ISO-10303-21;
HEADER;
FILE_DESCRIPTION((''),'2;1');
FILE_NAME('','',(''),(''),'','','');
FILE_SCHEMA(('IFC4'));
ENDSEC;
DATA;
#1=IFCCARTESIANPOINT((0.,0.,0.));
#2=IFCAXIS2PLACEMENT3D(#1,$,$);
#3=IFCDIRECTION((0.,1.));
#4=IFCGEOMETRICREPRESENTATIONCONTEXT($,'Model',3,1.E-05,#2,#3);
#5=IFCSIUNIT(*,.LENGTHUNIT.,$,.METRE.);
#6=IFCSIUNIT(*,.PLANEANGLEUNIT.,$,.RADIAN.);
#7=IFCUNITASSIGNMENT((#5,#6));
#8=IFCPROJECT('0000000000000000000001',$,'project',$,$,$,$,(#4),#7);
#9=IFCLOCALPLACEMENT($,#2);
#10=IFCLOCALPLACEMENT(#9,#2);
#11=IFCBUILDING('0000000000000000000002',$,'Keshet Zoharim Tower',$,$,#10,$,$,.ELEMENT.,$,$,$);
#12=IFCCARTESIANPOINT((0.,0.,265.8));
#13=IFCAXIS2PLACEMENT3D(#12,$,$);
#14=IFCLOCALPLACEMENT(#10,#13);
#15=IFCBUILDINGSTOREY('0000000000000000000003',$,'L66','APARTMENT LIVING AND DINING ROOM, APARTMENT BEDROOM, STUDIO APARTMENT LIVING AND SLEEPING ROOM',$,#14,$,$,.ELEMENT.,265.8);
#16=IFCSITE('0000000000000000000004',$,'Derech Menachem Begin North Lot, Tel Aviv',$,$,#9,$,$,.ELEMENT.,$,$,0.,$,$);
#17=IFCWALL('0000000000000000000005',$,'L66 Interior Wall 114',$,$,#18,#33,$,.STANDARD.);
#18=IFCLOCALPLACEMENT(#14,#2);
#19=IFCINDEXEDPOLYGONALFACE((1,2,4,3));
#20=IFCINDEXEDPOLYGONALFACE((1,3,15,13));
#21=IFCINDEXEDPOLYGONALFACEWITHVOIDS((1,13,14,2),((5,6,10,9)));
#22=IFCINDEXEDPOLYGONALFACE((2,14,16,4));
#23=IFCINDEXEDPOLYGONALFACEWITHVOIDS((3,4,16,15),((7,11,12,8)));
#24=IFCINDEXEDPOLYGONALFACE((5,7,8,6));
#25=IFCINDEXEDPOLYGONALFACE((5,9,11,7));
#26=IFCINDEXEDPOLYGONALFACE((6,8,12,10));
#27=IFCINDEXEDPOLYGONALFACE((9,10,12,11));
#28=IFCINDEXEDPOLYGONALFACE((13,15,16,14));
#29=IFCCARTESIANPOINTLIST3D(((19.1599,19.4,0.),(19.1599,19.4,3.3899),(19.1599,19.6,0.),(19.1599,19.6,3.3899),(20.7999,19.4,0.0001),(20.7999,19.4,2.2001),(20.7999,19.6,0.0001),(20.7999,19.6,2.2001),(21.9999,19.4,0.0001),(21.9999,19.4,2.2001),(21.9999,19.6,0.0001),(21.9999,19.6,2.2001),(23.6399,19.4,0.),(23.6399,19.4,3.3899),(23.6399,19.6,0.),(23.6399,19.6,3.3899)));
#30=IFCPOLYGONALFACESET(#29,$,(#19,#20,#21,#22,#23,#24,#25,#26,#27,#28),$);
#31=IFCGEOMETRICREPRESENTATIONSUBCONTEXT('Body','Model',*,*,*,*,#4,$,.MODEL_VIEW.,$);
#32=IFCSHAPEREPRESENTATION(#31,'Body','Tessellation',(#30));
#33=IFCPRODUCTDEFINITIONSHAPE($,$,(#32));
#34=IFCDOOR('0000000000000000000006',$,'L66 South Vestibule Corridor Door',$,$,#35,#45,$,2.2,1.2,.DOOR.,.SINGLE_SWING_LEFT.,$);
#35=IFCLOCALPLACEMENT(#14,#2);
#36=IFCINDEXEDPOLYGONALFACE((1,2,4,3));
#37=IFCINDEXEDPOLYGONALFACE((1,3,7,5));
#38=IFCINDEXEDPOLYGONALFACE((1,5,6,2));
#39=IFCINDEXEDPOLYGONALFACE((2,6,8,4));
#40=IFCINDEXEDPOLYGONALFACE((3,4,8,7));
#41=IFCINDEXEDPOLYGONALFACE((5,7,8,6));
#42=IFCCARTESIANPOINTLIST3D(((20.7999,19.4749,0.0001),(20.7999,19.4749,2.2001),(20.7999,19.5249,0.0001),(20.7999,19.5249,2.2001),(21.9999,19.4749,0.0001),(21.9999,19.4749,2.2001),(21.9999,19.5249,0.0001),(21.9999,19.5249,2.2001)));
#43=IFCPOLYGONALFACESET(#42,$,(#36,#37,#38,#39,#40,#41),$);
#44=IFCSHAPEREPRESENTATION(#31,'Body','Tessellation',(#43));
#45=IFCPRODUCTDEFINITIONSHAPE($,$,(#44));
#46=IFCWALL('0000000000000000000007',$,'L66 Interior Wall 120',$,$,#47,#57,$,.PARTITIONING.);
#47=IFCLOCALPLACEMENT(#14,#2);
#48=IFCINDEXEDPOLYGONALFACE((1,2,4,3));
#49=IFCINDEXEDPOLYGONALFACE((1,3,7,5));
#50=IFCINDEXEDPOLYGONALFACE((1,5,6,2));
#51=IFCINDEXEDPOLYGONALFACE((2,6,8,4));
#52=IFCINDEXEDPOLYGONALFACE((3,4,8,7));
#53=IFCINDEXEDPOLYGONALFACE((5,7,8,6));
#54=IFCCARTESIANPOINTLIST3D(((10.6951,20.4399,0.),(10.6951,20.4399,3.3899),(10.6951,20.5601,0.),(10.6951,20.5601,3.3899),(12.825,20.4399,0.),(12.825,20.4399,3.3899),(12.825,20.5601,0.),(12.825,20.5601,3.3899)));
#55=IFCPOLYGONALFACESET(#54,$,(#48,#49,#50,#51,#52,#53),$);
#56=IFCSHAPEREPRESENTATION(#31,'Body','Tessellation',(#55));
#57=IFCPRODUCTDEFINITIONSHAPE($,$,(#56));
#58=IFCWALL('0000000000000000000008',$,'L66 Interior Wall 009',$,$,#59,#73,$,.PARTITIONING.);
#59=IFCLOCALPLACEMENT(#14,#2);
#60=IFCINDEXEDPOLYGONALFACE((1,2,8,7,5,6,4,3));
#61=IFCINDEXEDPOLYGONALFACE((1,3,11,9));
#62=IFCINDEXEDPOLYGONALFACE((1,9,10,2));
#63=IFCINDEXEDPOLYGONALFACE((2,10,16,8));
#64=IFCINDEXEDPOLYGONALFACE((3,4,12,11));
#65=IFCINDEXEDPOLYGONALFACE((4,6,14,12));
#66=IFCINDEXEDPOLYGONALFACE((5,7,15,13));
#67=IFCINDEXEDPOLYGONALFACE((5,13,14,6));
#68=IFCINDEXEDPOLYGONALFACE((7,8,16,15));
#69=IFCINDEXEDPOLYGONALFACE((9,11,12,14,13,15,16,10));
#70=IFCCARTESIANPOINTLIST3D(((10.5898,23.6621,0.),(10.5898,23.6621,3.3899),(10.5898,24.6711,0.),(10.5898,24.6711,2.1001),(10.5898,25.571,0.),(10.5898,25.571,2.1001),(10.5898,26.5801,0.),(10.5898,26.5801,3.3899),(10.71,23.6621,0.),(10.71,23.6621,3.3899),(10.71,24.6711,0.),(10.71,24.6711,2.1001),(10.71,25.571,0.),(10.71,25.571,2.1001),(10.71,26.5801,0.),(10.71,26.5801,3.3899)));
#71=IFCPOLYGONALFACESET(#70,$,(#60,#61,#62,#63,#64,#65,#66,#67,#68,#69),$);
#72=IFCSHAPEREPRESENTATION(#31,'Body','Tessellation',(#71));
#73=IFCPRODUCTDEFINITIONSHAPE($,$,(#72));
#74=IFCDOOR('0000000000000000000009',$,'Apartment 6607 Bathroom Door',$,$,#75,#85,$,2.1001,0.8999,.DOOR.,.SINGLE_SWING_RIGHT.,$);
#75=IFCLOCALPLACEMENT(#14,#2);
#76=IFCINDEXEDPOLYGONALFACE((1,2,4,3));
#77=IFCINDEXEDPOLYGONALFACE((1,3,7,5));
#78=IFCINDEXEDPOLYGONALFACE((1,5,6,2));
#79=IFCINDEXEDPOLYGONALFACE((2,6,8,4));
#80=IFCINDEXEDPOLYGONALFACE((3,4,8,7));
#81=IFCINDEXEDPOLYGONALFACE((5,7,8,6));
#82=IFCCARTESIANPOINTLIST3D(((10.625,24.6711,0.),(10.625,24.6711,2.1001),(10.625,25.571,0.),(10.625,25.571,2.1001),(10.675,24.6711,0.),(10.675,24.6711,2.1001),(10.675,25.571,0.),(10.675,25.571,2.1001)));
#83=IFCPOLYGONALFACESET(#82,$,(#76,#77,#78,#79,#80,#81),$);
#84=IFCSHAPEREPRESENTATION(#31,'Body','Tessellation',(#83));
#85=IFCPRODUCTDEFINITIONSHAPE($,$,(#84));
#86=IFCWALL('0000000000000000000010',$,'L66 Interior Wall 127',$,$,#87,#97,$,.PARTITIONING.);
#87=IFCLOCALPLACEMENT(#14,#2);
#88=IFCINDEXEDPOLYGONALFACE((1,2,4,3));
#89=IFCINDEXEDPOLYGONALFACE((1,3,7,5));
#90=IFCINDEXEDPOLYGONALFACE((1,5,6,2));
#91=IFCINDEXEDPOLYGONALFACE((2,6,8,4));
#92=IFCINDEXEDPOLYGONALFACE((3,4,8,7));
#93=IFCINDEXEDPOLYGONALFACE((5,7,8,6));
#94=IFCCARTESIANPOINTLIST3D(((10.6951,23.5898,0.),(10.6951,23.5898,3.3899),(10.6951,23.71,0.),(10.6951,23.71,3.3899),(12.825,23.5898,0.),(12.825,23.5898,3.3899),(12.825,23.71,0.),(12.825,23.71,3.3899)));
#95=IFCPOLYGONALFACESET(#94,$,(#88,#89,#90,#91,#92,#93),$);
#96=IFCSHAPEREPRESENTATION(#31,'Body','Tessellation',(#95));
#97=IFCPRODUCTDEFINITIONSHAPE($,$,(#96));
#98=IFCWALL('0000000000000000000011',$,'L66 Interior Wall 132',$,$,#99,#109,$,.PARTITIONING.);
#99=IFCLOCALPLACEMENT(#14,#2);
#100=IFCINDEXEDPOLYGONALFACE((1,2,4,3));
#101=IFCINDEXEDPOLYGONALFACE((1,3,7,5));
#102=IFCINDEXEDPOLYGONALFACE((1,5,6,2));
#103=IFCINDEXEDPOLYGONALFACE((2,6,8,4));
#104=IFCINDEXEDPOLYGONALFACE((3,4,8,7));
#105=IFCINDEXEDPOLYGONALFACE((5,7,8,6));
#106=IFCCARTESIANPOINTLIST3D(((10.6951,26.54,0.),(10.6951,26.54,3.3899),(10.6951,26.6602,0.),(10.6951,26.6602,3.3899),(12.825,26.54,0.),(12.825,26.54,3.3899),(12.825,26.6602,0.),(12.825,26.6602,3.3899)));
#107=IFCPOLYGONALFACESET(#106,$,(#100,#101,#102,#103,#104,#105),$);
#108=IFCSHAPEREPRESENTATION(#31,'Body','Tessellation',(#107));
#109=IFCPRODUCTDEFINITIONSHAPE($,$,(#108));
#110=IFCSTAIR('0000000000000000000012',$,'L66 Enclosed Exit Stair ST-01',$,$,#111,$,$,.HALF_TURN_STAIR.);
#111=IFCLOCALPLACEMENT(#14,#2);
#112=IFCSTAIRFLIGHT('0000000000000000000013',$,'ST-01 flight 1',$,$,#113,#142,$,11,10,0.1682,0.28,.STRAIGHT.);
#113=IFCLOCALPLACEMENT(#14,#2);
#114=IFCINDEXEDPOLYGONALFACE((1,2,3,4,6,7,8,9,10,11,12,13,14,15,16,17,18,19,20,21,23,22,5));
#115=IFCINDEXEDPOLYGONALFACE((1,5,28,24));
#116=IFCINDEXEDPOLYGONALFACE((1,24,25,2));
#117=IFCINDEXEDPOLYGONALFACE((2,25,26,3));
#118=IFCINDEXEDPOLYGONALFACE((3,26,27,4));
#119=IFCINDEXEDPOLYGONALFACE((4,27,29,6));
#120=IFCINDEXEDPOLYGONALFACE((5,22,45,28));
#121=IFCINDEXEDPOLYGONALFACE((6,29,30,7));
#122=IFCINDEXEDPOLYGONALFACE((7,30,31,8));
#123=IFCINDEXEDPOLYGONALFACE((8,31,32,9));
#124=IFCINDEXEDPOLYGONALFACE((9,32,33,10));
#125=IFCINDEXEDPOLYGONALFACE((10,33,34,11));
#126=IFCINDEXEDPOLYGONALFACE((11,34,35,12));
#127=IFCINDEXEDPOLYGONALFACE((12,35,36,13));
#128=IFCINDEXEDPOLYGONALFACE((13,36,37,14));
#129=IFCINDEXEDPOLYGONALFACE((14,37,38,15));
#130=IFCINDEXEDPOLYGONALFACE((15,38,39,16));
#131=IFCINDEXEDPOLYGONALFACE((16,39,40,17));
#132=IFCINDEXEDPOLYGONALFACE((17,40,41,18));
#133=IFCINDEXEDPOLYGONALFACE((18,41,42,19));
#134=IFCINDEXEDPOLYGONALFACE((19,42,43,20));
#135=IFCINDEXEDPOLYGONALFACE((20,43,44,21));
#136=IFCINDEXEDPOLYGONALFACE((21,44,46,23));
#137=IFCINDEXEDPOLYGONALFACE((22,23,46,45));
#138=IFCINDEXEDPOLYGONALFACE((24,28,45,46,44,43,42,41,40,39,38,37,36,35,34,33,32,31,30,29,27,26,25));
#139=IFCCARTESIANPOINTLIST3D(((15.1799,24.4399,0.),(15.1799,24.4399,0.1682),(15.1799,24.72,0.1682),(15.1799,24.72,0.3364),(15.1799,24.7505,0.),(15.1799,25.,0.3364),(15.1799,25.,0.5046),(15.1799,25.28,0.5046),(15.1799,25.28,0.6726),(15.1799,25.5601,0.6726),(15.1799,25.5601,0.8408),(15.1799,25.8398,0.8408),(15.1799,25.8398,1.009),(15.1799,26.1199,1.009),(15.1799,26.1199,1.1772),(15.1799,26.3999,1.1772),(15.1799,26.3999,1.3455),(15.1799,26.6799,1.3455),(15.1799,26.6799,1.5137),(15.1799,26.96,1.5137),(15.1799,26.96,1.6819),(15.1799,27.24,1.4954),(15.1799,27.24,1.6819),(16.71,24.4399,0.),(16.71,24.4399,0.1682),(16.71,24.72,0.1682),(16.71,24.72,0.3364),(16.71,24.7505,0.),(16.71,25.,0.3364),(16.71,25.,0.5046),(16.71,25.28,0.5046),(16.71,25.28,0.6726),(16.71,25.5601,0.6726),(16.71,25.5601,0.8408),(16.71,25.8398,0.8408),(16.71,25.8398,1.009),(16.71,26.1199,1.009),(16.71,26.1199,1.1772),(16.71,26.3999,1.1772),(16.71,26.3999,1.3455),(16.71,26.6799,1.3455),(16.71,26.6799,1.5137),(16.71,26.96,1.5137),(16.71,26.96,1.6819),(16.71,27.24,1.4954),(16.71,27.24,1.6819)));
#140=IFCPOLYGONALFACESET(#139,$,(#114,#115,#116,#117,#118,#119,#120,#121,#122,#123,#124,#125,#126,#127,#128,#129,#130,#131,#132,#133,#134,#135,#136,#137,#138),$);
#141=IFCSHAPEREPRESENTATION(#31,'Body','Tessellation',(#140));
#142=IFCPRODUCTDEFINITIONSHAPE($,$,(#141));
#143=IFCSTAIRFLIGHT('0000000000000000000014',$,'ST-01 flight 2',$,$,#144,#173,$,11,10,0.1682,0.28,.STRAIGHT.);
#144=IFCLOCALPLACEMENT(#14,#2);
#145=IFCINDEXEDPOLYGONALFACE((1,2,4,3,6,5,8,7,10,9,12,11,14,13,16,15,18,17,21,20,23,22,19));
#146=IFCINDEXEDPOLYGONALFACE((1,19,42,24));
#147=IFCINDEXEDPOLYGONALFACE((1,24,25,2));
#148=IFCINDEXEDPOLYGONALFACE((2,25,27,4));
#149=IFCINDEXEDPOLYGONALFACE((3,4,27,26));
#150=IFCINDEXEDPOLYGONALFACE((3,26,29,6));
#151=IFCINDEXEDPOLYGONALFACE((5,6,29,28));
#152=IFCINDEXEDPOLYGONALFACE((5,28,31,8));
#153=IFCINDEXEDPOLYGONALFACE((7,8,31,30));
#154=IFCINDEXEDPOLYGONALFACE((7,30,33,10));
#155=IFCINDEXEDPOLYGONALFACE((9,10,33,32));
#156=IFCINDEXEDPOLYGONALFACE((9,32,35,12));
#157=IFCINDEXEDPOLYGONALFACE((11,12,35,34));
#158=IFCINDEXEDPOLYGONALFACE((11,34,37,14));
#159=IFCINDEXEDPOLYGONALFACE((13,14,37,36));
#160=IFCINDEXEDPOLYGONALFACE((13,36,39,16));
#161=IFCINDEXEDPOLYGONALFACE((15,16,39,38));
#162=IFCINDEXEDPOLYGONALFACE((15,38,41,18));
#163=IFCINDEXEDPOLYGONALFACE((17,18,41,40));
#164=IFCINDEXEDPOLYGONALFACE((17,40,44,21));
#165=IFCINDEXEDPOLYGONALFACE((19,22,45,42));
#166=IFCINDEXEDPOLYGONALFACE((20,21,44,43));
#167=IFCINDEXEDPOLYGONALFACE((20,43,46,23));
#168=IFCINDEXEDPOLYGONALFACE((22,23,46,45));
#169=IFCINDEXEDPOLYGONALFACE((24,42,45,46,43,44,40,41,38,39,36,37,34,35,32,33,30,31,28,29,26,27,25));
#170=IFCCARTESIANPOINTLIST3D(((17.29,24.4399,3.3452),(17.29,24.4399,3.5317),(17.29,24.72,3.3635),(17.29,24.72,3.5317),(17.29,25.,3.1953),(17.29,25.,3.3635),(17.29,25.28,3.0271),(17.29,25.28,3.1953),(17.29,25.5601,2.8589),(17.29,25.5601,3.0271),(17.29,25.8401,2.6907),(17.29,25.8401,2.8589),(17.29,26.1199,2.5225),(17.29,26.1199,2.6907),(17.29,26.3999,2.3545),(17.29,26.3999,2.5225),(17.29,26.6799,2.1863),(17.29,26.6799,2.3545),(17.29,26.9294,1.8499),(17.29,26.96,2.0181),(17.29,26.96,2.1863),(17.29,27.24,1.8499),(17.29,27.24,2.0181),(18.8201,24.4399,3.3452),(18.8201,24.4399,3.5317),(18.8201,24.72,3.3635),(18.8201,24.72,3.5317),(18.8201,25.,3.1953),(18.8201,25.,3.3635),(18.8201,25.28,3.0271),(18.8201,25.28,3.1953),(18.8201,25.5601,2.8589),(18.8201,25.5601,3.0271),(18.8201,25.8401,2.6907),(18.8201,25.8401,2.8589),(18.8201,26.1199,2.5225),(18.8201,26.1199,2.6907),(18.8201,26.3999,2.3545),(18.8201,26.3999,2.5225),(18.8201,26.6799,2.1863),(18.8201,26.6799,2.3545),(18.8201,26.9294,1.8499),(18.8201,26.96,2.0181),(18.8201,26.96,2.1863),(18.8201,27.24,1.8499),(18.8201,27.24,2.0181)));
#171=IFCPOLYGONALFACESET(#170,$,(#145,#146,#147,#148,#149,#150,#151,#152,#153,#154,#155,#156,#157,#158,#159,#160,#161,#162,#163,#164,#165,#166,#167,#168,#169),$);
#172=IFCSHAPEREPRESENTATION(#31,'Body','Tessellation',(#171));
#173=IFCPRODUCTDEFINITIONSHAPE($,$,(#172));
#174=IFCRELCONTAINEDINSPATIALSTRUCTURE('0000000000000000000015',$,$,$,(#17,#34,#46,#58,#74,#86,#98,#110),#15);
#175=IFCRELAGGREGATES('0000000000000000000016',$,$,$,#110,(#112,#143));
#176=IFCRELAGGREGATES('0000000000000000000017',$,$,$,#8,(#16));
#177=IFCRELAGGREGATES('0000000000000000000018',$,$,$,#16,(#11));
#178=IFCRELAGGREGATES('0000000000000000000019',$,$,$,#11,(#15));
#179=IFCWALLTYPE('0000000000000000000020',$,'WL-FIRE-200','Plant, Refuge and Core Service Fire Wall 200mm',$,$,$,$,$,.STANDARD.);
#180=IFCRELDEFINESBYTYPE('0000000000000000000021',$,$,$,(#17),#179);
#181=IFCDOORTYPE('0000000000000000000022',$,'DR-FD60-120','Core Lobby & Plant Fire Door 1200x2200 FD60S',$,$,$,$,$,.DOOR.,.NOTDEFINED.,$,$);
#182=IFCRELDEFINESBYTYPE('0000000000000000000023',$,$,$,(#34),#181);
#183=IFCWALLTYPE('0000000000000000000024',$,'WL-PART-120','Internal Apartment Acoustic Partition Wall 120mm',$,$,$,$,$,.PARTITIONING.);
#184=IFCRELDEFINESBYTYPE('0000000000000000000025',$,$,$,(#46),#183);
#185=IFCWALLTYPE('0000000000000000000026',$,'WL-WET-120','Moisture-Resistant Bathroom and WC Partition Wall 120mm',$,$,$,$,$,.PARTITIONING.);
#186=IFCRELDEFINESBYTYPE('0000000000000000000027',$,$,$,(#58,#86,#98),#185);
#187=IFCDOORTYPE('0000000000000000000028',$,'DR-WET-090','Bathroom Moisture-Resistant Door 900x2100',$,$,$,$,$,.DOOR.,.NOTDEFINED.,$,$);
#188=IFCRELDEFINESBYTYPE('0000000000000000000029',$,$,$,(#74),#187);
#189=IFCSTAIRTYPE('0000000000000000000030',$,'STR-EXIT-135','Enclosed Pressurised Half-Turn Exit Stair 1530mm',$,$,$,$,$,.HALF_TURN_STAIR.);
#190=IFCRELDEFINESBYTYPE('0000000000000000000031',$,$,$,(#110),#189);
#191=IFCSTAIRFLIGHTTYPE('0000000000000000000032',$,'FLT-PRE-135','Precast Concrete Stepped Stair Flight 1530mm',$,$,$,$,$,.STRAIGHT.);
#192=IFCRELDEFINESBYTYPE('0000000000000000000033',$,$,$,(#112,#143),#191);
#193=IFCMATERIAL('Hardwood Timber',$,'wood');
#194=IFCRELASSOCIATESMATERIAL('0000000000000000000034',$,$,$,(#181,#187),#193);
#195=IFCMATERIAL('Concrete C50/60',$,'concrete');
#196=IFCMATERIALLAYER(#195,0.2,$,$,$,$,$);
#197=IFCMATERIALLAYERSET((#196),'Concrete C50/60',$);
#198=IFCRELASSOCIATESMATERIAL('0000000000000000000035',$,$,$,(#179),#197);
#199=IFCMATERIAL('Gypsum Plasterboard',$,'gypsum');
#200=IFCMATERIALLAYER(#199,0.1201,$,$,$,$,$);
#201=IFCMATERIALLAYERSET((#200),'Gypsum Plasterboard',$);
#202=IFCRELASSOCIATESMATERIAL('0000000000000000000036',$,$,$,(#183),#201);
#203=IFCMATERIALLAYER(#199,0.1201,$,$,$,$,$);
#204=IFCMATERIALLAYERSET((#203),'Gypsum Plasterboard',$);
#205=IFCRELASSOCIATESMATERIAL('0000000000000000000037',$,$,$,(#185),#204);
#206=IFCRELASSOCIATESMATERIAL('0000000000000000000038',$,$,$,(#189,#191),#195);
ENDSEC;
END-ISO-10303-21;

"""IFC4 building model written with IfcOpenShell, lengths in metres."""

from ifc_helpers import new_model, si_unit, direction, frame, frame_2d, origin, place, context, subcontext, project, spatial, polyline, rectangle, outline, extrude, material, layer, layer_set, type_object, element, fill, aggregate, save


model = new_model("IFC4")

# Units and contexts
model_context = context("Model", 3, precision=1e-05, world=origin(), true_north=direction((0.0, 1.0)))
body_context = subcontext(model_context, "Body", "Model", "MODEL_VIEW")
ifc_project = project(units=[si_unit("LENGTHUNIT", "METRE"), si_unit("PLANEANGLEUNIT", "RADIAN")], contexts=[model_context])

# Site, building, storey
site_placement = place(None, origin())
site = spatial("IfcSite", under=ifc_project, at=site_placement, Name="Derech Menachem Begin North Lot, Tel Aviv", CompositionType="ELEMENT", RefElevation=0.0)
building_placement = place(site_placement, origin())
building = spatial("IfcBuilding", under=site, at=building_placement, Name="Keshet Zoharim Tower", CompositionType="ELEMENT")
storey_placement = place(building_placement, frame((0.0, 0.0, 265.8)))
storey = spatial("IfcBuildingStorey", under=building, at=storey_placement, Name="L66", Description="APARTMENT LIVING AND DINING ROOM, APARTMENT BEDROOM, STUDIO APARTMENT LIVING AND SLEEPING ROOM", CompositionType="ELEMENT", Elevation=265.8)

# Shared definitions
ifc_material_1 = material(Name="Concrete C50/60", Category="concrete")

# Shared definitions
ifc_material_2 = material(Name="Hardwood Timber", Category="wood")

# Shared definitions
door_type_1 = type_object("IfcDoorType", Name="DR-FD60-120", Description="Core Lobby & Plant Fire Door 1200x2200 FD60S", OperationType="NOTDEFINED", PredefinedType="DOOR", material=ifc_material_2)

# Shared definitions
ifc_material_3 = material(Name="Gypsum Plasterboard", Category="gypsum")

# Wall, opening, door
ifc_layer_1 = layer(ifc_material_1, 0.2)
ifc_layer_set_1 = layer_set([ifc_layer_1], Name="Concrete C50/60")
wall_type_1 = type_object("IfcWallType", Name="WL-FIRE-200", Description="Plant, Refuge and Core Service Fire Wall 200mm", PredefinedType="STANDARD", material=ifc_layer_set_1)
wall_1_placement = place(storey_placement, frame((19.1599, 19.5, 0.0), z_axis=(0.0, 0.0, 1.0), x_axis=(1.0, 0.0, 0.0)))
wall_1 = element("IfcWall", 1, at=wall_1_placement, inside=storey, type_object=wall_type_1, Name="L66 Interior Wall 114", PredefinedType="STANDARD", context=body_context, shape_type="SweptSolid", body=[
    extrude(rectangle(XDim=4.48, YDim=0.2, at=frame_2d((2.24, 0.0))), origin(), (0.0, 0.0, 1.0), 3.3899),
])
opening_1_placement = place(wall_1_placement, frame((1.6399, 0.0, 0.0)))
opening_1 = element("IfcOpeningElement", 2, at=opening_1_placement, cuts=wall_1, PredefinedType="OPENING", context=body_context, shape_type="SweptSolid", body=[
    extrude(rectangle(XDim=1.2, YDim=2.2, at=frame_2d((0.6001, 1.1001))), frame((0.0, 0.1099, 0.0), z_axis=(0.0, -1.0, 0.0), x_axis=(1.0, 0.0, 0.0)), (0.0, 0.0, 1.0), 0.22),
])
door_1_placement = place(opening_1_placement, origin())
door_1 = element("IfcDoor", 3, at=door_1_placement, inside=storey, type_object=door_type_1, Name="L66 South Vestibule Corridor Door", OperationType="SINGLE_SWING_LEFT", OverallHeight=2.2, OverallWidth=1.2, PredefinedType="DOOR", context=body_context, shape_type="SweptSolid", body=[
    extrude(rectangle(XDim=1.2, YDim=2.2, at=frame_2d((0.6001, 1.1001))), frame((0.0, 0.0249, 0.0), z_axis=(0.0, -1.0, 0.0), x_axis=(1.0, 0.0, 0.0)), (0.0, 0.0, 1.0), 0.05),
])
fill(opening_1, door_1)
ifc_layer_2 = layer(ifc_material_3, 0.1201)
ifc_layer_set_2 = layer_set([ifc_layer_2], Name="Gypsum Plasterboard")
wall_type_2 = type_object("IfcWallType", Name="WL-PART-120", Description="Internal Apartment Acoustic Partition Wall 120mm", PredefinedType="PARTITIONING", material=ifc_layer_set_2)

# Wall
wall_2_placement = place(storey_placement, frame((10.6951, 20.5, 0.0), z_axis=(0.0, 0.0, 1.0), x_axis=(1.0, 0.0, 0.0)))
element("IfcWall", 4, at=wall_2_placement, inside=storey, type_object=wall_type_2, Name="L66 Interior Wall 120", PredefinedType="PARTITIONING", context=body_context, shape_type="SweptSolid", body=[
    extrude(rectangle(XDim=2.1299, YDim=0.1201, at=frame_2d((1.0649, 0.0))), origin(), (0.0, 0.0, 1.0), 3.3899),
])

# Wall, opening, door
ifc_layer_3 = layer(ifc_material_3, 0.1201)
ifc_layer_set_3 = layer_set([ifc_layer_3], Name="Gypsum Plasterboard")
wall_type_3 = type_object("IfcWallType", Name="WL-WET-120", Description="Moisture-Resistant Bathroom and WC Partition Wall 120mm", PredefinedType="PARTITIONING", material=ifc_layer_set_3)
wall_3_placement = place(storey_placement, frame((10.6499, 23.6621, 0.0), z_axis=(0.0, 0.0, 1.0), x_axis=(0.0, 1.0, 0.0)))
wall_3 = element("IfcWall", 5, at=wall_3_placement, inside=storey, type_object=wall_type_3, Name="L66 Interior Wall 009", PredefinedType="PARTITIONING", context=body_context, shape_type="SweptSolid", body=[
    extrude(rectangle(XDim=2.918, YDim=0.1201, at=frame_2d((1.459, 0.0))), origin(), (0.0, 0.0, 1.0), 3.3899),
])
opening_2_placement = place(wall_3_placement, frame((1.009, 0.0, 0.0)))
opening_2 = element("IfcOpeningElement", 6, at=opening_2_placement, cuts=wall_3, PredefinedType="OPENING", context=body_context, shape_type="SweptSolid", body=[
    extrude(rectangle(XDim=0.8999, YDim=2.1001, at=frame_2d((0.45, 1.05))), frame((0.0, 0.0701, 0.0), z_axis=(0.0, -1.0, 0.0), x_axis=(1.0, 0.0, 0.0)), (0.0, 0.0, 1.0), 0.1401),
])
door_type_2 = type_object("IfcDoorType", Name="DR-WET-090", Description="Bathroom Moisture-Resistant Door 900x2100", OperationType="NOTDEFINED", PredefinedType="DOOR", material=ifc_material_2)
door_2_placement = place(opening_2_placement, origin())
door_2 = element("IfcDoor", 7, at=door_2_placement, inside=storey, type_object=door_type_2, Name="Apartment 6607 Bathroom Door", OperationType="SINGLE_SWING_RIGHT", OverallHeight=2.1001, OverallWidth=0.8999, PredefinedType="DOOR", context=body_context, shape_type="SweptSolid", body=[
    extrude(rectangle(XDim=0.8999, YDim=2.1001, at=frame_2d((0.45, 1.05))), frame((0.0, 0.0249, 0.0), z_axis=(0.0, -1.0, 0.0), x_axis=(1.0, 0.0, 0.0)), (0.0, 0.0, 1.0), 0.05),
])
fill(opening_2, door_2)

# Walls
for number, where, z_axis, x_axis, name in (
    (8, (10.6951, 23.6499, 0.0), (0.0, 0.0, 1.0), (1.0, 0.0, 0.0), "L66 Interior Wall 127"),
    (9, (10.6951, 26.6001, 0.0), (0.0, 0.0, 1.0), (1.0, 0.0, 0.0), "L66 Interior Wall 132"),
):
    element("IfcWall", number, at=place(storey_placement, frame(where, z_axis=z_axis, x_axis=x_axis)), inside=storey, type_object=wall_type_3, Name=name, PredefinedType="PARTITIONING", context=body_context, shape_type="SweptSolid", body=[
        extrude(rectangle(XDim=2.1299, YDim=0.1201, at=frame_2d((1.0649, 0.0))), origin(), (0.0, 0.0, 1.0), 3.3899),
    ])

# Stair, stair flights
stair_type = type_object("IfcStairType", Name="STR-EXIT-135", Description="Enclosed Pressurised Half-Turn Exit Stair 1530mm", PredefinedType="HALF_TURN_STAIR", material=ifc_material_1)
stair_placement = place(storey_placement, origin())
stair = element("IfcStair", 10, at=stair_placement, inside=storey, type_object=stair_type, Name="L66 Enclosed Exit Stair ST-01", PredefinedType="HALF_TURN_STAIR")
stair_flight_type = type_object("IfcStairFlightType", Name="FLT-PRE-135", Description="Precast Concrete Stepped Stair Flight 1530mm", PredefinedType="STRAIGHT", material=ifc_material_1)
stair_flight_1_placement = place(storey_placement, frame((15.9451, 24.4399, 0.0), z_axis=(0.0, 0.0, 1.0), x_axis=(0.0, 1.0, 0.0)))
stair_flight_1 = element("IfcStairFlight", 11, at=stair_flight_1_placement, type_object=stair_flight_type, Name="ST-01 flight 1", NumberOfRisers=11, NumberOfTreads=10, PredefinedType="STRAIGHT", RiserHeight=0.1682, TreadLength=0.28, context=body_context, shape_type="SweptSolid", body=[
    extrude(outline(polyline([(0.0, 0.0), (0.0, 0.1682), (0.28, 0.1682), (0.28, 0.3364), (0.5601, 0.3364), (0.5601, 0.5046), (0.8401, 0.5046), (0.8401, 0.6726), (1.1201, 0.6726), (1.1201, 0.8408), (1.3999, 0.8408), (1.3999, 1.009), (1.6799, 1.009), (1.6799, 1.1772), (1.96, 1.1772), (1.96, 1.3455), (2.24, 1.3455), (2.24, 1.5137), (2.52, 1.5137), (2.52, 1.6819), (2.8, 1.6819), (2.8, 1.8501), (2.8, 1.4954), (0.3105, 0.0), (0.0, 0.0)])), frame((0.0, 0.7651, 0.0), z_axis=(0.0, -1.0, 0.0), x_axis=(1.0, 0.0, 0.0)), (0.0, 0.0, 1.0), 1.53),
])
stair_flight_2_placement = place(storey_placement, frame((18.0549, 27.24, 1.8499), z_axis=(0.0, 0.0, 1.0), x_axis=(0.0, -1.0, 0.0)))
stair_flight_2 = element("IfcStairFlight", 12, at=stair_flight_2_placement, type_object=stair_flight_type, Name="ST-01 flight 2", NumberOfRisers=11, NumberOfTreads=10, PredefinedType="STRAIGHT", RiserHeight=0.1682, TreadLength=0.28, context=body_context, shape_type="SweptSolid", body=[
    extrude(outline(polyline([(0.0, 0.0), (0.0, 0.1682), (0.28, 0.1682), (0.28, 0.3364), (0.5601, 0.3364), (0.5601, 0.5046), (0.8401, 0.5046), (0.8401, 0.6726), (1.1201, 0.6726), (1.1201, 0.8408), (1.3999, 0.8408), (1.3999, 1.009), (1.6799, 1.009), (1.6799, 1.1772), (1.96, 1.1772), (1.96, 1.3455), (2.24, 1.3455), (2.24, 1.5137), (2.52, 1.5137), (2.52, 1.6819), (2.8, 1.6819), (2.8, 1.8501), (2.8, 1.4954), (0.3105, 0.0), (0.0, 0.0)])), frame((0.0, 0.7651, 0.0), z_axis=(0.0, -1.0, 0.0), x_axis=(1.0, 0.0, 0.0)), (0.0, 0.0, 1.0), 1.53),
])
aggregate(stair, [stair_flight_1, stair_flight_2])

save(model, "model.ifc")
